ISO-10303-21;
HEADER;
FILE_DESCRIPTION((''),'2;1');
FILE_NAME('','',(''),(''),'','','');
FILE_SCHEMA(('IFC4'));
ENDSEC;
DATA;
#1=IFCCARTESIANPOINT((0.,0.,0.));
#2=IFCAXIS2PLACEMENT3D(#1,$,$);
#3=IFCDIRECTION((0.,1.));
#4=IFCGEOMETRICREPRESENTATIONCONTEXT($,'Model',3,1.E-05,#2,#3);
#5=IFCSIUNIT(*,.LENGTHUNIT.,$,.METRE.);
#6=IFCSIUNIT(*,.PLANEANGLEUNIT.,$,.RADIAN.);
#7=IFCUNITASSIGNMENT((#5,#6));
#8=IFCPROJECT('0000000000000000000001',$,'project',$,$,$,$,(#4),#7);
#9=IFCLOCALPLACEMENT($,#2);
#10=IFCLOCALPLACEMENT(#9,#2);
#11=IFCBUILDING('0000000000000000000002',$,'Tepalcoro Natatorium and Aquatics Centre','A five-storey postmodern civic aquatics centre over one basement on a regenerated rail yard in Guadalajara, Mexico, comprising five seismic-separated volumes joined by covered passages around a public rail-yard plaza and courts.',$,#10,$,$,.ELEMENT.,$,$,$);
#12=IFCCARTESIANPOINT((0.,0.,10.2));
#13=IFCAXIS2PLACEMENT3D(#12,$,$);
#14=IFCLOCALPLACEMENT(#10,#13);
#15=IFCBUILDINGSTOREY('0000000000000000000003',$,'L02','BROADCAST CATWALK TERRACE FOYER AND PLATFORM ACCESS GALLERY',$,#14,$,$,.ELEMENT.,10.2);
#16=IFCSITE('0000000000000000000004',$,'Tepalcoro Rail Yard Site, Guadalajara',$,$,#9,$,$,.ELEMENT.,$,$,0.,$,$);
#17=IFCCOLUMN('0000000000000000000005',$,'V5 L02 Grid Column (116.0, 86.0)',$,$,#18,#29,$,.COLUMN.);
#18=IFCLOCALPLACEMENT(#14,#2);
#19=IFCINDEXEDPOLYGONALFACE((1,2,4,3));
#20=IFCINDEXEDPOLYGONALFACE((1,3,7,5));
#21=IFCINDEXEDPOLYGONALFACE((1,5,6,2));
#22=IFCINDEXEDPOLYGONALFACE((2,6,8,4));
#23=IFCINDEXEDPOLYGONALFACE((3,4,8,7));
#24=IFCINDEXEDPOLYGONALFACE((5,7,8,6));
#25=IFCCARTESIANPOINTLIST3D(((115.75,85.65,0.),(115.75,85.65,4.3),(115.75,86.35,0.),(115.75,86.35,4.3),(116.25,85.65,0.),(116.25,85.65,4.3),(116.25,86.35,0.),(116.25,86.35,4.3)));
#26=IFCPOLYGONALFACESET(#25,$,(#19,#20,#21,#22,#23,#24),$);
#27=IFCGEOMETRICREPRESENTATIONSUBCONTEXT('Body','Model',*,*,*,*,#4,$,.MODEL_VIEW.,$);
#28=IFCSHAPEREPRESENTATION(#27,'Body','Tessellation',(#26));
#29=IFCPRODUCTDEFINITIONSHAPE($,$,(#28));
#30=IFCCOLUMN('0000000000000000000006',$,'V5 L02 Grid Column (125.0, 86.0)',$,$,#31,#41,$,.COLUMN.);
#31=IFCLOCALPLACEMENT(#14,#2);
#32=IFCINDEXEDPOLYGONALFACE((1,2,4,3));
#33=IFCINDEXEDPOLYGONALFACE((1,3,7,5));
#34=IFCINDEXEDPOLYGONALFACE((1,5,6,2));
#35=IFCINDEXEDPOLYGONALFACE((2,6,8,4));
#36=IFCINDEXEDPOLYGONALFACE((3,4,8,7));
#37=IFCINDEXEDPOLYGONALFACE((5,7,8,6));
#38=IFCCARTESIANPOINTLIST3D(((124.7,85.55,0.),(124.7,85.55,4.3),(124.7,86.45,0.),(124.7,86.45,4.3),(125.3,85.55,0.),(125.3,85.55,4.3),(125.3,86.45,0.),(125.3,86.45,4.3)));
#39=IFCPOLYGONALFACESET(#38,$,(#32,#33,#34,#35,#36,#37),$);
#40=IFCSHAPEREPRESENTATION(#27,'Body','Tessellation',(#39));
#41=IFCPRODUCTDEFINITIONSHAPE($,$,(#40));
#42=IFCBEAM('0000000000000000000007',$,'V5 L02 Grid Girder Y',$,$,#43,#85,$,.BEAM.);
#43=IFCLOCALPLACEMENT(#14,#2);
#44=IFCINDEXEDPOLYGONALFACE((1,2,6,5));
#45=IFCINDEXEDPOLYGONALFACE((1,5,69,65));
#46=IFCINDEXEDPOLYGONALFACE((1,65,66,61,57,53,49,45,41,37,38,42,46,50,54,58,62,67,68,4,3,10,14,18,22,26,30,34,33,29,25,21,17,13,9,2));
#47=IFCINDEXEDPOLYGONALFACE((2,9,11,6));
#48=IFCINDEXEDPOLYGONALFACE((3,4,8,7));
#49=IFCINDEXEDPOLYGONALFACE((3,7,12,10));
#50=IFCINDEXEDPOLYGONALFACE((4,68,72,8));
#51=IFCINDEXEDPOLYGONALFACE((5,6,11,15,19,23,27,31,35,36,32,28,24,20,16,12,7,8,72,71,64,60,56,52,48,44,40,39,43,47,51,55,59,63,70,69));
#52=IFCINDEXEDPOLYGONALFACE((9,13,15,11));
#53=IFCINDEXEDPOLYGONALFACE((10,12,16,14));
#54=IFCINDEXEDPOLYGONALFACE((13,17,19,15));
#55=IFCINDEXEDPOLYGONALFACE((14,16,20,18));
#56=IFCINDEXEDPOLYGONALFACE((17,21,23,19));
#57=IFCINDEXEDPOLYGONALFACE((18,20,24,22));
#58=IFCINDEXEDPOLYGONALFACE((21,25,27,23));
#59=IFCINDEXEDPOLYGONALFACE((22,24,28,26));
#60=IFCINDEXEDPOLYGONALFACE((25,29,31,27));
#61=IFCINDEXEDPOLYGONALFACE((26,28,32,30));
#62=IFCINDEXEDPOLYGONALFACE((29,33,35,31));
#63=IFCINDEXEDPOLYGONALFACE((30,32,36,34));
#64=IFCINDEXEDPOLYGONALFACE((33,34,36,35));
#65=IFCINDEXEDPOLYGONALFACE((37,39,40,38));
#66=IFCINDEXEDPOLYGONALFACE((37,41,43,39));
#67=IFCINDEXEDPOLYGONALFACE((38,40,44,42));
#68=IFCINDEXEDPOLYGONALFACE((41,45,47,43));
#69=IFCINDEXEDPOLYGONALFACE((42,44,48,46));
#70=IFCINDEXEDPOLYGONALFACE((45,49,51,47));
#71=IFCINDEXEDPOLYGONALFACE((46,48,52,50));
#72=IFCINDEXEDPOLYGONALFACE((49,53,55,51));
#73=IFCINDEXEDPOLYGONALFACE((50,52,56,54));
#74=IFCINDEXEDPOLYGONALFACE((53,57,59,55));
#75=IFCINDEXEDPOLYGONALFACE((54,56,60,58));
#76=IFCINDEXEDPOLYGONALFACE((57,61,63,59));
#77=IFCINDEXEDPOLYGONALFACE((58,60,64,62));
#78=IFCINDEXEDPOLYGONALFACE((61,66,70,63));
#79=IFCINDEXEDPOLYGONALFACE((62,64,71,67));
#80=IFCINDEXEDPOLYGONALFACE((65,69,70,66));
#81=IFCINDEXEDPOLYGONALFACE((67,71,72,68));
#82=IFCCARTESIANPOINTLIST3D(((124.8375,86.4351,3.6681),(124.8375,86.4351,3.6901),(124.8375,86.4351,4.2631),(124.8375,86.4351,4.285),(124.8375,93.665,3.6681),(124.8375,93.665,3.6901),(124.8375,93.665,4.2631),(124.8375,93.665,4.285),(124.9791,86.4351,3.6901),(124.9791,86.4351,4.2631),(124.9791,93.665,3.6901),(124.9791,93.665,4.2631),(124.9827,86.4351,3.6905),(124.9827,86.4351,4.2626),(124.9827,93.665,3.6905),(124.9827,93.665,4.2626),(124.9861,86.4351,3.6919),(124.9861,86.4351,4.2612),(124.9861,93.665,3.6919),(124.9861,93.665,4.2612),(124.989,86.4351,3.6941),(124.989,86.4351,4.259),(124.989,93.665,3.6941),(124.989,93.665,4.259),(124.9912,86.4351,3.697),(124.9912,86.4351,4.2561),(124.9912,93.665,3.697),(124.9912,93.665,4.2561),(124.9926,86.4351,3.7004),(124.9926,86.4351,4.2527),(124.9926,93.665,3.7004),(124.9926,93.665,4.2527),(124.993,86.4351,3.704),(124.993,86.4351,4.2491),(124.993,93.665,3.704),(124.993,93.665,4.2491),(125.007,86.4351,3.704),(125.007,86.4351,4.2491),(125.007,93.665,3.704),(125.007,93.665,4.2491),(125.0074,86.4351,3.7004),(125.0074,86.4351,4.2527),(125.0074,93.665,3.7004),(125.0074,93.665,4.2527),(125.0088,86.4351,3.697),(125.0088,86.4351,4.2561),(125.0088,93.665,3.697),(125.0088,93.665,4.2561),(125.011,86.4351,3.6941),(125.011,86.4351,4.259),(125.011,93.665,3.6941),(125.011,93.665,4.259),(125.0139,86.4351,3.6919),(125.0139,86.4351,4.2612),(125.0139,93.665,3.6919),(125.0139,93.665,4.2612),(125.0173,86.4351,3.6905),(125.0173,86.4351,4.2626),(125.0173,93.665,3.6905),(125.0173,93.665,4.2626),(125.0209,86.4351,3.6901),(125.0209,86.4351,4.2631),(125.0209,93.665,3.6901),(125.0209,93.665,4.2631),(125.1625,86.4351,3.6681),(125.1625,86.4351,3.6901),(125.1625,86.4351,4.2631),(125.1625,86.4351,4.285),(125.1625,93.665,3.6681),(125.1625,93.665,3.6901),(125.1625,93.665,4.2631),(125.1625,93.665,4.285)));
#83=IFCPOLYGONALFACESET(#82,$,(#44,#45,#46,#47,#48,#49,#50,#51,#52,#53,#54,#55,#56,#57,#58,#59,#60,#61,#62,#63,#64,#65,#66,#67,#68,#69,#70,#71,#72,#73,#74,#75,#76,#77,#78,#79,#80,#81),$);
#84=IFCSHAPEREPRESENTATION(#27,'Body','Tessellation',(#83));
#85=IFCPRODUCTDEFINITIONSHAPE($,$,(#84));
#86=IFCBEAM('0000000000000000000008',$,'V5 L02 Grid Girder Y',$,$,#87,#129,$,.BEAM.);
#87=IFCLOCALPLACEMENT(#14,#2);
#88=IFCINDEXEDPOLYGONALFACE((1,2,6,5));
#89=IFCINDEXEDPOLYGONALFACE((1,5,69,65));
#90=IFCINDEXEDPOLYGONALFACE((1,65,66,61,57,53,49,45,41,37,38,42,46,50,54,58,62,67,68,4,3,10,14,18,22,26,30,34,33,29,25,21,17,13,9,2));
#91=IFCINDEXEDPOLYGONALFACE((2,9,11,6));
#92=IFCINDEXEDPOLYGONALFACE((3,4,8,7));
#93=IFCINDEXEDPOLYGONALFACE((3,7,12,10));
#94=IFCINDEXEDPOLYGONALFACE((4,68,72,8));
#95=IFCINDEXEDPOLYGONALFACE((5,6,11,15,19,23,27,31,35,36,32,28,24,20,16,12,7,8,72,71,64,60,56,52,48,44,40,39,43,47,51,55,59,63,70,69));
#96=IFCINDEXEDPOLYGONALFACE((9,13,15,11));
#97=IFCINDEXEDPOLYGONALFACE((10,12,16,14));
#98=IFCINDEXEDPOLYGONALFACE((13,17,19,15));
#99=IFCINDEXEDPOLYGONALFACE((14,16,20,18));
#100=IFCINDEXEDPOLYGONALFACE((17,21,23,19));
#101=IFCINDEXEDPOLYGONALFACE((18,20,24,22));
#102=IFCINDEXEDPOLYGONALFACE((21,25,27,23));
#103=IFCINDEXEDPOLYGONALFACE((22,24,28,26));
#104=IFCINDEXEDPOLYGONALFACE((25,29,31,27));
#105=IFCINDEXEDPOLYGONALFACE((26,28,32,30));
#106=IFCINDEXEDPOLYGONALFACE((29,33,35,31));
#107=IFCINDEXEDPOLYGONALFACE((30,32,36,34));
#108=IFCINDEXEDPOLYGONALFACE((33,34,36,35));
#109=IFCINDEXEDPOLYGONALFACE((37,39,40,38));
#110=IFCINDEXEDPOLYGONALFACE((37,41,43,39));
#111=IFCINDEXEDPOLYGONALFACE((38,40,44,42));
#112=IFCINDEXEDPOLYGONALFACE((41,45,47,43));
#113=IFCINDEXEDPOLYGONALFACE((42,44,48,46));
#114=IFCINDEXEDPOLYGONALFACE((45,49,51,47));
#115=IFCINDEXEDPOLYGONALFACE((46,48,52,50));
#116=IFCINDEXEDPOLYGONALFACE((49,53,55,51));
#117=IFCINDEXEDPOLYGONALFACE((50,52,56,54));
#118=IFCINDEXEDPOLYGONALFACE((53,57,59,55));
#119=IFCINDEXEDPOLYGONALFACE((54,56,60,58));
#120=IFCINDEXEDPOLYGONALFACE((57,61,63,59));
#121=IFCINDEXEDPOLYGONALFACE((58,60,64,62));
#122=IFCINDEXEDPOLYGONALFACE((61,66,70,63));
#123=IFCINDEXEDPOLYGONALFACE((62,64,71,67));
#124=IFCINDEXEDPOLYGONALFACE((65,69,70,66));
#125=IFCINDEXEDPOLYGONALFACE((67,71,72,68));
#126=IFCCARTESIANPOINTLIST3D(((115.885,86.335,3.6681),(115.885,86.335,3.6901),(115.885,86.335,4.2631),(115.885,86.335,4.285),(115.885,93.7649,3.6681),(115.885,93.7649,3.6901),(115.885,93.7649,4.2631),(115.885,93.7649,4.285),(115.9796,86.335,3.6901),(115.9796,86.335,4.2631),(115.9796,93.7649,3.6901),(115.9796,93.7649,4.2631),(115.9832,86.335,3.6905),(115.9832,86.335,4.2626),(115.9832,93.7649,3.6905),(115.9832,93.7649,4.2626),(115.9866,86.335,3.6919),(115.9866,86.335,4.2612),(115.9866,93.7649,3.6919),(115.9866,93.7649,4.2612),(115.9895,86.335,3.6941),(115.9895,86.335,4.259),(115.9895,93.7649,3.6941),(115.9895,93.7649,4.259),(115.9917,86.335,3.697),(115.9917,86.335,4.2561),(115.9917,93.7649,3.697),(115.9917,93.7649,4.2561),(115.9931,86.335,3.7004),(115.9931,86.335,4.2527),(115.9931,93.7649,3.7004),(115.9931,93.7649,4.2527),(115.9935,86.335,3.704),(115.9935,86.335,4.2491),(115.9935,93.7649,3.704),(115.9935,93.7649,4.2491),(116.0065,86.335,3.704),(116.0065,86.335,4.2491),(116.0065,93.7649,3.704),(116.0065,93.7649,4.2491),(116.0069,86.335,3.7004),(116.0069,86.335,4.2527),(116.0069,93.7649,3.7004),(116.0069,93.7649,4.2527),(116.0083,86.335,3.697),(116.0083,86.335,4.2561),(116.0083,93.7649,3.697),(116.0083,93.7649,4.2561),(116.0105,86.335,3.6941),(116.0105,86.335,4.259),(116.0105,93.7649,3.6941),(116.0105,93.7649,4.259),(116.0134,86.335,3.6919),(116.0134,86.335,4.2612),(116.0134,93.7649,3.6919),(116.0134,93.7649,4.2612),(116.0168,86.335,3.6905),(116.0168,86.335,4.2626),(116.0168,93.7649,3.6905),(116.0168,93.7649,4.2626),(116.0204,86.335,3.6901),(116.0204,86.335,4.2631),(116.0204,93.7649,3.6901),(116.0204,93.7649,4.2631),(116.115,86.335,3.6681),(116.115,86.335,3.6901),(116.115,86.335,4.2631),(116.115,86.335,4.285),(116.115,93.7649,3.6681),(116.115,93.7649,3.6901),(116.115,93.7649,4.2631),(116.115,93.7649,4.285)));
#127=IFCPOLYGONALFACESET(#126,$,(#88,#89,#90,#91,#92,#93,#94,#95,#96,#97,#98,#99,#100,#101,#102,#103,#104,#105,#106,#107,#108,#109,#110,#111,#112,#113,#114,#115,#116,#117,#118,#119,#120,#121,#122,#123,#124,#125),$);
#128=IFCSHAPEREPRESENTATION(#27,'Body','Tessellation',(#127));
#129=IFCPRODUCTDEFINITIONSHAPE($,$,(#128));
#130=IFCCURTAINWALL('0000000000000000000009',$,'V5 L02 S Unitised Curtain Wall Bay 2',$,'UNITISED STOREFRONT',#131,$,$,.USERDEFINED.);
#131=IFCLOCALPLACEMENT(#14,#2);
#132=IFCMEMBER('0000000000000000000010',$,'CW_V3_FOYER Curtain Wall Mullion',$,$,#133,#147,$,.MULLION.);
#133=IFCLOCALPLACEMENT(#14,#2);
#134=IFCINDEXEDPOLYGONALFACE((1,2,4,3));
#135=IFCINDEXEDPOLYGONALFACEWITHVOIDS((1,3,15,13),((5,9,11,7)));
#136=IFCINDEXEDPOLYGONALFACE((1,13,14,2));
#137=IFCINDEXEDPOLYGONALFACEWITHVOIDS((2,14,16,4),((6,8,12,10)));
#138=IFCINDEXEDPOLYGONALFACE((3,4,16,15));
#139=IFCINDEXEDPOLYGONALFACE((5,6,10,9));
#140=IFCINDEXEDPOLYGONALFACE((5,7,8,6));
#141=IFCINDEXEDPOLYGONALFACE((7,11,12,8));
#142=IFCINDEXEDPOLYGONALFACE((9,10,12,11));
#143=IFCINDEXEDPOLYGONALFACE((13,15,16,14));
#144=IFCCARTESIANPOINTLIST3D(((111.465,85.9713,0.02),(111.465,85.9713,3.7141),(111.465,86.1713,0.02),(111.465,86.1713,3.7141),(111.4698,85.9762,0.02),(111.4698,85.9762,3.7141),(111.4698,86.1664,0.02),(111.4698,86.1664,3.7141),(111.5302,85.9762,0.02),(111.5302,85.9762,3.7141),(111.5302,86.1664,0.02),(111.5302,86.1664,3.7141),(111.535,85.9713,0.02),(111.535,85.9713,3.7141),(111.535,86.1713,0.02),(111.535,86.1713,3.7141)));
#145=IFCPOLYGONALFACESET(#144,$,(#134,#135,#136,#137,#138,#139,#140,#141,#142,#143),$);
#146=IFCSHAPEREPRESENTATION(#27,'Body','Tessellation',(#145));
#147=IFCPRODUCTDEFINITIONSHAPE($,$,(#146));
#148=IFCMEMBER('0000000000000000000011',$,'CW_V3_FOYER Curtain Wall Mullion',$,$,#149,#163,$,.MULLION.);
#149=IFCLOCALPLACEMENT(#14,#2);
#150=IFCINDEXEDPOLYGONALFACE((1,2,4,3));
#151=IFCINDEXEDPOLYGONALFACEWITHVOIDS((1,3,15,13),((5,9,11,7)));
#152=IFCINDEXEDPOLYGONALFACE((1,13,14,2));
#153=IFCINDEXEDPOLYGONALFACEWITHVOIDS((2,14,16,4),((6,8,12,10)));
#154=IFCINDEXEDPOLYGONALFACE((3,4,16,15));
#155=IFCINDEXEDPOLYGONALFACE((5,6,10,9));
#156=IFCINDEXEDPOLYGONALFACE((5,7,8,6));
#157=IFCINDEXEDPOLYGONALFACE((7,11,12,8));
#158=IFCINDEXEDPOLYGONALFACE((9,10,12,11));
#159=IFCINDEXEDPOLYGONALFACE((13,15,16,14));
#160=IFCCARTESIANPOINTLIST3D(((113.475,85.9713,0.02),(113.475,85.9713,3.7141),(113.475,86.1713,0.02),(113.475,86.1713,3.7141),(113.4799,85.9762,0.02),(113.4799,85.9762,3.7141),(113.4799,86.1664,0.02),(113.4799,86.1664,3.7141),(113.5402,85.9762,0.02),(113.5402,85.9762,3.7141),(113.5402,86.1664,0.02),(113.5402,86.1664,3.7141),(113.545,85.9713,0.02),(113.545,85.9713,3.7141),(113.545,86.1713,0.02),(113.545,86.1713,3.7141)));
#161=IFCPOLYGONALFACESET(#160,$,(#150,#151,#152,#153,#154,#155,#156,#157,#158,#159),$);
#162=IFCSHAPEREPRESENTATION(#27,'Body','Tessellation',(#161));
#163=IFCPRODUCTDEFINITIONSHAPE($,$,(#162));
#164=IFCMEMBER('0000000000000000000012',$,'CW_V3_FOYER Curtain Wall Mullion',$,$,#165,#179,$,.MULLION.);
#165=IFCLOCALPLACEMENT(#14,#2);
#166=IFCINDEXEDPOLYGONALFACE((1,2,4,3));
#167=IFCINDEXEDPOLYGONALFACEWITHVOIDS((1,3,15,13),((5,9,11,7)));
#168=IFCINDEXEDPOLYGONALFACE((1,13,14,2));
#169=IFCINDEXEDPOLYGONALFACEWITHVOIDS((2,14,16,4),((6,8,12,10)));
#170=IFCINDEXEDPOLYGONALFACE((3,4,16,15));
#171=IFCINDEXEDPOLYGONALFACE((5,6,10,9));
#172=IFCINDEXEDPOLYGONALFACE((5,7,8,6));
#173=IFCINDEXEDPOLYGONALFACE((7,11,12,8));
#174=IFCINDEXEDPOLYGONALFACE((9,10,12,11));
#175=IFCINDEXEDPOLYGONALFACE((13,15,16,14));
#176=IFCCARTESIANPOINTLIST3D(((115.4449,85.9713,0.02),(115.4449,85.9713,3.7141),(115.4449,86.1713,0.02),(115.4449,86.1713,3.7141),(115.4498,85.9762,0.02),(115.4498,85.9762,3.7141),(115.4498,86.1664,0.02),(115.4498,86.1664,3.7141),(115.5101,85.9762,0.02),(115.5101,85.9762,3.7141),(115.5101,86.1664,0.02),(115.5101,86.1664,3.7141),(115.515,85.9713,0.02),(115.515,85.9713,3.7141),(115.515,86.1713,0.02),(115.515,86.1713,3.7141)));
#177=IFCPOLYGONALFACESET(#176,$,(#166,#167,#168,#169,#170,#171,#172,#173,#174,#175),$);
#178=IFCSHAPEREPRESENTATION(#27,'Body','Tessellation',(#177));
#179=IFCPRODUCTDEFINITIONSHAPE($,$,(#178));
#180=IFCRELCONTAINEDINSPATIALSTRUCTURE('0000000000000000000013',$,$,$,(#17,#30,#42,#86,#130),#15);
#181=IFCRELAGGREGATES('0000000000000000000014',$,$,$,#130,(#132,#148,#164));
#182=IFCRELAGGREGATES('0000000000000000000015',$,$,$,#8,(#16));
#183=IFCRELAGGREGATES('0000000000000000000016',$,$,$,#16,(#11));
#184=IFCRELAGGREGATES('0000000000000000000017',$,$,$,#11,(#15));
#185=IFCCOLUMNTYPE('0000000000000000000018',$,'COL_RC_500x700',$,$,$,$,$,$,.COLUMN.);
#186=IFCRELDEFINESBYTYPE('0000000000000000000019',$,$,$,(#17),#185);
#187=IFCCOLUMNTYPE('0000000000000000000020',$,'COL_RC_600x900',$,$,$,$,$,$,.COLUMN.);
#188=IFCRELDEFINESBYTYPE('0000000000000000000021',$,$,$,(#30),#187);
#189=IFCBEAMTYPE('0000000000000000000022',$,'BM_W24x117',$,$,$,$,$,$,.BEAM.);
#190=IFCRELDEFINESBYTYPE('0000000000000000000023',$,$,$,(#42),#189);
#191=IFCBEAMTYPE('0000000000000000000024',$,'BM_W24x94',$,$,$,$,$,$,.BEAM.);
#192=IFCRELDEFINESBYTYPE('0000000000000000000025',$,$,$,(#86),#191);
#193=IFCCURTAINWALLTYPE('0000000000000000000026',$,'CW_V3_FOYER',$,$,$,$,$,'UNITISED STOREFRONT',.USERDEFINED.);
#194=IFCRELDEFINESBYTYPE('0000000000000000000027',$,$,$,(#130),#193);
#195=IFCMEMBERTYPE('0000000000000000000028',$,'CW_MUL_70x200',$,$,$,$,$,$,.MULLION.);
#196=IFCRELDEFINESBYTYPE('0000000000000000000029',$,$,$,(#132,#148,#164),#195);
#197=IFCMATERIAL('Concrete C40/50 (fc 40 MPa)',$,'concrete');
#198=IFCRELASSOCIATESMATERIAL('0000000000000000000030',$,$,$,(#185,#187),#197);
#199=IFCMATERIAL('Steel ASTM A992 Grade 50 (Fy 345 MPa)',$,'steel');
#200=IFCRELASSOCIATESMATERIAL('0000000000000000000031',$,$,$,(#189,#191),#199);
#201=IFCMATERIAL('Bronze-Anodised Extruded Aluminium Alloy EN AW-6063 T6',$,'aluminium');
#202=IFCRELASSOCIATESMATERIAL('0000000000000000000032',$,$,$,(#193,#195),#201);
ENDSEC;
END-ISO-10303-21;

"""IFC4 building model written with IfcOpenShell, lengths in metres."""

from ifc_helpers import new_model, si_unit, direction, frame, origin, origin_2d, place, context, subcontext, project, spatial, rectangle, hollow_rectangle, i_section, extrude, material, material_profile, profile_set, type_object, element, aggregate, save


model = new_model("IFC4")

# Units and contexts
model_context = context("Model", 3, precision=1e-05, world=origin(), true_north=direction((0.0, 1.0)))
body_context = subcontext(model_context, "Body", "Model", "MODEL_VIEW")
ifc_project = project(units=[si_unit("LENGTHUNIT", "METRE"), si_unit("PLANEANGLEUNIT", "RADIAN")], contexts=[model_context])

# Site, building, storey
site_placement = place(None, origin())
site = spatial("IfcSite", under=ifc_project, at=site_placement, Name="Tepalcoro Rail Yard Site, Guadalajara", CompositionType="ELEMENT", RefElevation=0.0)
building_placement = place(site_placement, origin())
building = spatial("IfcBuilding", under=site, at=building_placement, Name="Tepalcoro Natatorium and Aquatics Centre", Description="A five-storey postmodern civic aquatics centre over one basement on a regenerated rail yard in Guadalajara, Mexico, comprising five seismic-separated volumes joined by covered passages around a public rail-yard plaza and courts.", CompositionType="ELEMENT")
storey_placement = place(building_placement, frame((0.0, 0.0, 10.2)))
storey = spatial("IfcBuildingStorey", under=building, at=storey_placement, Name="L02", Description="BROADCAST CATWALK TERRACE FOYER AND PLATFORM ACCESS GALLERY", CompositionType="ELEMENT", Elevation=10.2)

# Columns
ifc_material_1 = material(Name="Concrete C40/50 (fc 40 MPa)", Category="concrete")
ifc_material_profile_1 = material_profile(ifc_material_1, rectangle(XDim=0.5, YDim=0.7, at=origin_2d()), Name="RC500x700")
ifc_profile_set_1 = profile_set([ifc_material_profile_1], Name="Concrete C40/50 (fc 40 MPa)")
column_type_1 = type_object("IfcColumnType", Name="COL_RC_500x700", PredefinedType="COLUMN", material=ifc_profile_set_1)
column_1_placement = place(storey_placement, frame((116.0, 86.0, 0.0), z_axis=(0.0, 0.0, 1.0), x_axis=(1.0, 0.0, 0.0)))
element("IfcColumn", 1, at=column_1_placement, inside=storey, type_object=column_type_1, Name="V5 L02 Grid Column (116.0, 86.0)", PredefinedType="COLUMN", context=body_context, shape_type="SweptSolid", body=[
    extrude(rectangle(XDim=0.5, YDim=0.7, at=origin_2d()), origin(), (0.0, 0.0, 1.0), 4.3),
])
ifc_material_profile_2 = material_profile(ifc_material_1, rectangle(XDim=0.6001, YDim=0.8999, at=origin_2d()), Name="RC600x900")
ifc_profile_set_2 = profile_set([ifc_material_profile_2], Name="Concrete C40/50 (fc 40 MPa)")
column_type_2 = type_object("IfcColumnType", Name="COL_RC_600x900", PredefinedType="COLUMN", material=ifc_profile_set_2)
column_2_placement = place(storey_placement, frame((125.0, 86.0, 0.0), z_axis=(0.0, 0.0, 1.0), x_axis=(1.0, 0.0, 0.0)))
element("IfcColumn", 2, at=column_2_placement, inside=storey, type_object=column_type_2, Name="V5 L02 Grid Column (125.0, 86.0)", PredefinedType="COLUMN", context=body_context, shape_type="SweptSolid", body=[
    extrude(rectangle(XDim=0.6001, YDim=0.8999, at=origin_2d()), origin(), (0.0, 0.0, 1.0), 4.3),
])

# Beams
ifc_material_2 = material(Name="Steel ASTM A992 Grade 50 (Fy 345 MPa)", Category="steel")
ifc_material_profile_3 = material_profile(ifc_material_2, i_section(OverallWidth=0.325, OverallDepth=0.6169, WebThickness=0.0139, FlangeThickness=0.022, FilletRadius=0.0139, at=origin_2d()), Name="W24X117")
ifc_profile_set_3 = profile_set([ifc_material_profile_3], Name="Steel ASTM A992 Grade 50 (Fy 345 MPa)")
beam_type_1 = type_object("IfcBeamType", Name="BM_W24x117", PredefinedType="BEAM", material=ifc_profile_set_3)
beam_1_placement = place(storey_placement, frame((125.0, 86.4351, 3.9766), z_axis=(0.0, 1.0, 0.0), x_axis=(-1.0, 0.0, 0.0)))
element("IfcBeam", 3, at=beam_1_placement, inside=storey, type_object=beam_type_1, Name="V5 L02 Grid Girder Y", PredefinedType="BEAM", context=body_context, shape_type="SweptSolid", body=[
    extrude(i_section(OverallWidth=0.325, OverallDepth=0.6169, WebThickness=0.0139, FlangeThickness=0.022, FilletRadius=0.0139, at=origin_2d()), origin(), (0.0, 0.0, 1.0), 7.23),
])
ifc_material_profile_4 = material_profile(ifc_material_2, i_section(OverallWidth=0.23, OverallDepth=0.6169, WebThickness=0.0129, FlangeThickness=0.022, FilletRadius=0.0139, at=origin_2d()), Name="W24X94")
ifc_profile_set_4 = profile_set([ifc_material_profile_4], Name="Steel ASTM A992 Grade 50 (Fy 345 MPa)")
beam_type_2 = type_object("IfcBeamType", Name="BM_W24x94", PredefinedType="BEAM", material=ifc_profile_set_4)
beam_2_placement = place(storey_placement, frame((116.0, 86.335, 3.9766), z_axis=(0.0, 1.0, 0.0), x_axis=(-1.0, 0.0, 0.0)))
element("IfcBeam", 4, at=beam_2_placement, inside=storey, type_object=beam_type_2, Name="V5 L02 Grid Girder Y", PredefinedType="BEAM", context=body_context, shape_type="SweptSolid", body=[
    extrude(i_section(OverallWidth=0.23, OverallDepth=0.6169, WebThickness=0.0129, FlangeThickness=0.022, FilletRadius=0.0139, at=origin_2d()), origin(), (0.0, 0.0, 1.0), 7.4299),
])

# Curtain wall, members
ifc_material_3 = material(Name="Bronze-Anodised Extruded Aluminium Alloy EN AW-6063 T6", Category="aluminium")
curtain_wall_type = type_object("IfcCurtainWallType", Name="CW_V3_FOYER", ElementType="UNITISED STOREFRONT", PredefinedType="USERDEFINED", material=ifc_material_3)
curtain_wall_placement = place(storey_placement, origin())
curtain_wall = element("IfcCurtainWall", 5, at=curtain_wall_placement, inside=storey, type_object=curtain_wall_type, Name="V5 L02 S Unitised Curtain Wall Bay 2", ObjectType="UNITISED STOREFRONT", PredefinedType="USERDEFINED")
ifc_material_profile_5 = material_profile(ifc_material_3, hollow_rectangle(XDim=0.0701, YDim=0.2, WallThickness=0.0049, at=origin_2d()), Name="AL70X200X5")
ifc_profile_set_5 = profile_set([ifc_material_profile_5], Name="Bronze-Anodised Extruded Aluminium Alloy EN AW-6063 T6")
member_type = type_object("IfcMemberType", Name="CW_MUL_70x200", PredefinedType="MULLION", material=ifc_profile_set_5)
member_1_placement = place(storey_placement, frame((111.5, 86.0713, 0.02), z_axis=(0.0, 0.0, 1.0), x_axis=(1.0, 0.0, 0.0)))
member_1 = element("IfcMember", 6, at=member_1_placement, type_object=member_type, Name="CW_V3_FOYER Curtain Wall Mullion", PredefinedType="MULLION", context=body_context, shape_type="SweptSolid", body=[
    extrude(hollow_rectangle(XDim=0.0701, YDim=0.2, WallThickness=0.0049, at=origin_2d()), origin(), (0.0, 0.0, 1.0), 3.6941),
])
member_2_placement = place(storey_placement, frame((113.51, 86.0713, 0.02), z_axis=(0.0, 0.0, 1.0), x_axis=(1.0, 0.0, 0.0)))
member_2 = element("IfcMember", 7, at=member_2_placement, type_object=member_type, Name="CW_V3_FOYER Curtain Wall Mullion", PredefinedType="MULLION", context=body_context, shape_type="SweptSolid", body=[
    extrude(hollow_rectangle(XDim=0.0701, YDim=0.2, WallThickness=0.0049, at=origin_2d()), origin(), (0.0, 0.0, 1.0), 3.6941),
])
member_3_placement = place(storey_placement, frame((115.48, 86.0713, 0.02), z_axis=(0.0, 0.0, 1.0), x_axis=(1.0, 0.0, 0.0)))
member_3 = element("IfcMember", 8, at=member_3_placement, type_object=member_type, Name="CW_V3_FOYER Curtain Wall Mullion", PredefinedType="MULLION", context=body_context, shape_type="SweptSolid", body=[
    extrude(hollow_rectangle(XDim=0.0701, YDim=0.2, WallThickness=0.0049, at=origin_2d()), origin(), (0.0, 0.0, 1.0), 3.6941),
])

aggregate(curtain_wall, [member_1, member_2, member_3])

save(model, "model.ifc")
